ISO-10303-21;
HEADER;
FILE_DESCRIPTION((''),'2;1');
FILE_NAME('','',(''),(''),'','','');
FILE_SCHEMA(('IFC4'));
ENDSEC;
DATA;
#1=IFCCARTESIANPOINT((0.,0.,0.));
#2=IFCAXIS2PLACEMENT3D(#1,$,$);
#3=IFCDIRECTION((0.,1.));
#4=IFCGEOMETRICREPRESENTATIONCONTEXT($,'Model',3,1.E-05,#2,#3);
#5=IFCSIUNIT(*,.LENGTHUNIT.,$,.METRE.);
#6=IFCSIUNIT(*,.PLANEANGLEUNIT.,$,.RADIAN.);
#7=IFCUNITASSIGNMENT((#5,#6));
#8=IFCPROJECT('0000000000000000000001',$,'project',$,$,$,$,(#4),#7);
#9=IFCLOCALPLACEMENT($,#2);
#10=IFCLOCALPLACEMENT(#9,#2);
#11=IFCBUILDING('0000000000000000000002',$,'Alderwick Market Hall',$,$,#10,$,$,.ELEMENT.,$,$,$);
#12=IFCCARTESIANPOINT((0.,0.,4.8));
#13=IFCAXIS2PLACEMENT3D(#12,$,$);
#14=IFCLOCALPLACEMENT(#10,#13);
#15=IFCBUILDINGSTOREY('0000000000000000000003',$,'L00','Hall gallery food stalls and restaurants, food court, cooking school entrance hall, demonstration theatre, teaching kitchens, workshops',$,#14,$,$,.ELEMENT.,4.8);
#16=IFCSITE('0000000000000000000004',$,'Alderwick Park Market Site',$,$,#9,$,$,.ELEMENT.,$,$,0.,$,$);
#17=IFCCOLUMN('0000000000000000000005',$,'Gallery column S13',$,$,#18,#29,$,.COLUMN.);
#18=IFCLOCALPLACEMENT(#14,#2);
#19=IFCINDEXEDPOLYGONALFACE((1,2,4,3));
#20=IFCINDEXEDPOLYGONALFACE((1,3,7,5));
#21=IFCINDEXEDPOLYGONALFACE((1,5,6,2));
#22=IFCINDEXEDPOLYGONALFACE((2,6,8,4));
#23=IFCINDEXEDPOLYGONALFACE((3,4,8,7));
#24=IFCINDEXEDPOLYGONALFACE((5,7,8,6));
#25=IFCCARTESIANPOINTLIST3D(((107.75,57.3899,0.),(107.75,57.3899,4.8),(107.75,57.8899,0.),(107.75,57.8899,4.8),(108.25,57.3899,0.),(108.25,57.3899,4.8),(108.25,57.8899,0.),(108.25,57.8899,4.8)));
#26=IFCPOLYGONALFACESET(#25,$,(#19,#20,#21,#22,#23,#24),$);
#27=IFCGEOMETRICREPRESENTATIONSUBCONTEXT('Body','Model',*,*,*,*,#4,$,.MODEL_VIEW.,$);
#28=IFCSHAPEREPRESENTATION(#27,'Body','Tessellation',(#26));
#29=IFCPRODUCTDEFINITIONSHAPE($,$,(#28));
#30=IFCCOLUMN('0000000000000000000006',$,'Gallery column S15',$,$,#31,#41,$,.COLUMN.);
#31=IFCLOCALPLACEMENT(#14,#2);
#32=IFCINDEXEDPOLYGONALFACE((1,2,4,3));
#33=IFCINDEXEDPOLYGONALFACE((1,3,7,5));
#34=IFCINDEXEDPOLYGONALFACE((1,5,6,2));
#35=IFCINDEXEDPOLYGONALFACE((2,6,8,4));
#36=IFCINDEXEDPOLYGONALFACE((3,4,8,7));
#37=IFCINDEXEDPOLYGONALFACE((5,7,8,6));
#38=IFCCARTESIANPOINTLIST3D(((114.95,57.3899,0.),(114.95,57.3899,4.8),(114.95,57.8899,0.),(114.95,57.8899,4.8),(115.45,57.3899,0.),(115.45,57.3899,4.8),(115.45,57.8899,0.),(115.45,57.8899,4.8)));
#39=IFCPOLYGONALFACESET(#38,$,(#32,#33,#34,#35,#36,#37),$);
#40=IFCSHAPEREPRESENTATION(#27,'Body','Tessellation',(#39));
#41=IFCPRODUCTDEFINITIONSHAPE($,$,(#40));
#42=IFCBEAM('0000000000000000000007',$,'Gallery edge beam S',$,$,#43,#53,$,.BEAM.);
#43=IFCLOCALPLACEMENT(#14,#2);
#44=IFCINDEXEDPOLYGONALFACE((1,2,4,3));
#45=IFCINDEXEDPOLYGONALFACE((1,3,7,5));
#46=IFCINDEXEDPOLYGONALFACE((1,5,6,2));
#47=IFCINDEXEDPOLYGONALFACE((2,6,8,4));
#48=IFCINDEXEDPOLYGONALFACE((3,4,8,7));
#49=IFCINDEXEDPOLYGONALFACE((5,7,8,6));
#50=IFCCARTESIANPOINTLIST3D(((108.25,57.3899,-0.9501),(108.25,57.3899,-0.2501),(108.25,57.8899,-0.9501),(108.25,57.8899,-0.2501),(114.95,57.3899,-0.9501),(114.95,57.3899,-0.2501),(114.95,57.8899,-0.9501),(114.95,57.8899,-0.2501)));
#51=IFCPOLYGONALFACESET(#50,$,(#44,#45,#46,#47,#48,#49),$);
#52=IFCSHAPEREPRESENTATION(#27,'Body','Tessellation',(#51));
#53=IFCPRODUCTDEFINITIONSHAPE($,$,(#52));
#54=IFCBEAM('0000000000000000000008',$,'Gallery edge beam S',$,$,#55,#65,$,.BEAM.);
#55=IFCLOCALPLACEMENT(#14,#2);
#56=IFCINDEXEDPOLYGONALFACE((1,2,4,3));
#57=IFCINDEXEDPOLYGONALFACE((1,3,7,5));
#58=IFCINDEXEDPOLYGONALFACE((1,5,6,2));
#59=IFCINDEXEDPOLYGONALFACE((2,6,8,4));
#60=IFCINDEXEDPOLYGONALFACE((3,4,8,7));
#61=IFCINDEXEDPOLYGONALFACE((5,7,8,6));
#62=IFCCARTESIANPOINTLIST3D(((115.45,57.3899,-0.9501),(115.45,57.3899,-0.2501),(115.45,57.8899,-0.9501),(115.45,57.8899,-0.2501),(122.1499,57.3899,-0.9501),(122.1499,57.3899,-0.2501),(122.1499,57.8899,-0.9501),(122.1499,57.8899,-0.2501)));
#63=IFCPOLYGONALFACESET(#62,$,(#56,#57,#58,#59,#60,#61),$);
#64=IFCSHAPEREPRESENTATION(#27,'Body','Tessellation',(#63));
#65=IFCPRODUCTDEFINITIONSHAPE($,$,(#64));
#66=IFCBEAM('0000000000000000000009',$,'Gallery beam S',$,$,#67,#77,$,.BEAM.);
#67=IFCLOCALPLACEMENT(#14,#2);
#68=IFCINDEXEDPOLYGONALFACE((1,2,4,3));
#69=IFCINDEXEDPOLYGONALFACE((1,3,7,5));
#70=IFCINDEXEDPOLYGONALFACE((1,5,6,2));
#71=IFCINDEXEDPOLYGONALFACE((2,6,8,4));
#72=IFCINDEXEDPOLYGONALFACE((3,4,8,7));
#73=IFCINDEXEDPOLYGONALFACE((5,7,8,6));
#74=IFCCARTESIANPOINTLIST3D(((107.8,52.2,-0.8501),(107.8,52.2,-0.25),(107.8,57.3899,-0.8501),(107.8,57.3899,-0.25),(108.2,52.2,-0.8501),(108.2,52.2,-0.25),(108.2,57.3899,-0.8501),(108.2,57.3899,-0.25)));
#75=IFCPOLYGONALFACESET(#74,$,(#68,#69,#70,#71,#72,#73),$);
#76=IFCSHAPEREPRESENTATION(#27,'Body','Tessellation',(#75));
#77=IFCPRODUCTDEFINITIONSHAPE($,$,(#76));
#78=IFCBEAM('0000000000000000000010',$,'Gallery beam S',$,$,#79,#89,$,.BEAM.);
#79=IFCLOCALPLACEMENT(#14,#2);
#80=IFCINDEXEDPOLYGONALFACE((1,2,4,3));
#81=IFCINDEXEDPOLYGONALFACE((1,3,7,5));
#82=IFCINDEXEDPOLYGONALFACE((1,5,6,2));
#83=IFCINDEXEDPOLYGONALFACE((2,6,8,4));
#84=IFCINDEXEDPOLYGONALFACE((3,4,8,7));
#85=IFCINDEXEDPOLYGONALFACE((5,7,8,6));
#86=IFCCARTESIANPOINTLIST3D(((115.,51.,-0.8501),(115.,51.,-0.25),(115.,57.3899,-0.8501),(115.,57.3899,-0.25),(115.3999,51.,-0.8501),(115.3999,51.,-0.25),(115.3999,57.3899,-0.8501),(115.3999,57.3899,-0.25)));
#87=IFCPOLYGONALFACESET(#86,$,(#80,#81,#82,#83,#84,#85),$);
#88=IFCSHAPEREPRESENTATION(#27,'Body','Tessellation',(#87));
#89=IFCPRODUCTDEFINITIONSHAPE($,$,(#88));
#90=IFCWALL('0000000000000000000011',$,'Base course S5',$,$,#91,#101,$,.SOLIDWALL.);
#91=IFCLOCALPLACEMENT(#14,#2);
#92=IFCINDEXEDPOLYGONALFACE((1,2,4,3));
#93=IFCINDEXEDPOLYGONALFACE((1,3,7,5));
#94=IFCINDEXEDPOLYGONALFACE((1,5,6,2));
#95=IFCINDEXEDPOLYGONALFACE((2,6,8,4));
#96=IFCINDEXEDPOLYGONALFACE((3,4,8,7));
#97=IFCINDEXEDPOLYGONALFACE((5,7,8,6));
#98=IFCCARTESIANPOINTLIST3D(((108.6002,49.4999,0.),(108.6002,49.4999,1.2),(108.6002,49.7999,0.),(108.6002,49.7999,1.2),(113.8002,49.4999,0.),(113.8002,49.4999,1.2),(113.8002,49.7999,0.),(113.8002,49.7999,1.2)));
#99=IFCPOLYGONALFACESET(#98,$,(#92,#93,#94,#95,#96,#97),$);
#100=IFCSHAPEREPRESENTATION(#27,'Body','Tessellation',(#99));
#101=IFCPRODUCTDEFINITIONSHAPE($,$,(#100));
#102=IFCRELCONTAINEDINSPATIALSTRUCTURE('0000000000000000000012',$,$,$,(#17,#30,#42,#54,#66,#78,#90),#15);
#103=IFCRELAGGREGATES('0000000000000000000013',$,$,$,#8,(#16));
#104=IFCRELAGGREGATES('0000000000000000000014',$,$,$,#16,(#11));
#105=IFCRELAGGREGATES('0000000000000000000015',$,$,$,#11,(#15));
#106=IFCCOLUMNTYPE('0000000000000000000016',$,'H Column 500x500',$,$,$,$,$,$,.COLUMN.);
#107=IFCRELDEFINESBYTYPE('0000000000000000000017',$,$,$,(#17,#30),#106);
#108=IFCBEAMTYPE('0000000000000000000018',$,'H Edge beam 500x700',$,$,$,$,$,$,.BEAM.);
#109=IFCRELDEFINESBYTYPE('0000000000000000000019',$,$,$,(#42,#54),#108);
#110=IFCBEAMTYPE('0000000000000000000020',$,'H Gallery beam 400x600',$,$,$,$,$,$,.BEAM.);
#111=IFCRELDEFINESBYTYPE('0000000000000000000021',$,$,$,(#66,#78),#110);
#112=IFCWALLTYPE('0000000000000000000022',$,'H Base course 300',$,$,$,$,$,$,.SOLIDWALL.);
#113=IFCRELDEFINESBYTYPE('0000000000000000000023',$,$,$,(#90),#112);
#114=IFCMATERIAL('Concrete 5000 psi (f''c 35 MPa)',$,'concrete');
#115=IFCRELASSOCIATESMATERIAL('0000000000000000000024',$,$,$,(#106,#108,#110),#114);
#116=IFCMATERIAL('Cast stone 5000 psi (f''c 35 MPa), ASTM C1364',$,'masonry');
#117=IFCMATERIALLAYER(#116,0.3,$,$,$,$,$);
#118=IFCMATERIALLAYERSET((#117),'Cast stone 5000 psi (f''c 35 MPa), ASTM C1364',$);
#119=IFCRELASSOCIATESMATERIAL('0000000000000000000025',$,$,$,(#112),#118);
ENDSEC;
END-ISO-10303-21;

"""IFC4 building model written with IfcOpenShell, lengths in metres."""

from ifc_helpers import new_model, si_unit, direction, frame, frame_2d, origin, origin_2d, place, context, subcontext, project, spatial, rectangle, extrude, material, layer, layer_set, material_profile, profile_set, type_object, element, save


model = new_model("IFC4")

# Units and contexts
model_context = context("Model", 3, precision=1e-05, world=origin(), true_north=direction((0.0, 1.0)))
body_context = subcontext(model_context, "Body", "Model", "MODEL_VIEW")
ifc_project = project(units=[si_unit("LENGTHUNIT", "METRE"), si_unit("PLANEANGLEUNIT", "RADIAN")], contexts=[model_context])

# Site, building, storey
site_placement = place(None, origin())
site = spatial("IfcSite", under=ifc_project, at=site_placement, Name="Alderwick Park Market Site", CompositionType="ELEMENT", RefElevation=0.0)
building_placement = place(site_placement, origin())
building = spatial("IfcBuilding", under=site, at=building_placement, Name="Alderwick Market Hall", CompositionType="ELEMENT")
storey_placement = place(building_placement, frame((0.0, 0.0, 4.8)))
storey = spatial("IfcBuildingStorey", under=building, at=storey_placement, Name="L00", Description="Hall gallery food stalls and restaurants, food court, cooking school entrance hall, demonstration theatre, teaching kitchens, workshops", CompositionType="ELEMENT", Elevation=4.8)

# Columns
ifc_material_1 = material(Name="Concrete 5000 psi (f'c 35 MPa)", Category="concrete")
ifc_material_profile_1 = material_profile(ifc_material_1, rectangle(XDim=0.5, YDim=0.5, at=origin_2d()), Name="RC 500x500")
ifc_profile_set_1 = profile_set([ifc_material_profile_1], Name="Concrete 5000 psi (f'c 35 MPa)")
column_type = type_object("IfcColumnType", Name="H Column 500x500", PredefinedType="COLUMN", material=ifc_profile_set_1)
for number, where, z_axis, x_axis, name in (
    (1, (108.0, 57.6399, 0.0), (0.0, 0.0, 1.0), (1.0, 0.0, 0.0), "Gallery column S13"),
    (2, (115.2, 57.6399, 0.0), (0.0, 0.0, 1.0), (1.0, 0.0, 0.0), "Gallery column S15"),
):
    element("IfcColumn", number, at=place(storey_placement, frame(where, z_axis=z_axis, x_axis=x_axis)), inside=storey, type_object=column_type, Name=name, PredefinedType="COLUMN", context=body_context, shape_type="SweptSolid", body=[
        extrude(rectangle(XDim=0.5, YDim=0.5, at=origin_2d()), origin(), (0.0, 0.0, 1.0), 4.8),
    ])

# Beams
ifc_material_profile_2 = material_profile(ifc_material_1, rectangle(XDim=0.5, YDim=0.7, at=origin_2d()), Name="RC 500x700")
ifc_profile_set_2 = profile_set([ifc_material_profile_2], Name="Concrete 5000 psi (f'c 35 MPa)")
beam_type_1 = type_object("IfcBeamType", Name="H Edge beam 500x700", PredefinedType="BEAM", material=ifc_profile_set_2)
for number, where, z_axis, x_axis, name in (
    (3, (108.25, 57.6399, -0.6001), (1.0, 0.0, 0.0), (0.0, 1.0, 0.0), "Gallery edge beam S"),
    (4, (115.45, 57.6399, -0.6001), (1.0, 0.0, 0.0), (0.0, 1.0, 0.0), "Gallery edge beam S"),
):
    element("IfcBeam", number, at=place(storey_placement, frame(where, z_axis=z_axis, x_axis=x_axis)), inside=storey, type_object=beam_type_1, Name=name, PredefinedType="BEAM", context=body_context, shape_type="SweptSolid", body=[
        extrude(rectangle(XDim=0.5, YDim=0.7, at=origin_2d()), origin(), (0.0, 0.0, 1.0), 6.7),
    ])
ifc_material_profile_3 = material_profile(ifc_material_1, rectangle(XDim=0.3999, YDim=0.6001, at=origin_2d()), Name="RC 400x600")
ifc_profile_set_3 = profile_set([ifc_material_profile_3], Name="Concrete 5000 psi (f'c 35 MPa)")
beam_type_2 = type_object("IfcBeamType", Name="H Gallery beam 400x600", PredefinedType="BEAM", material=ifc_profile_set_3)
beam_1_placement = place(storey_placement, frame((108.0, 52.2, -0.55), z_axis=(0.0, 1.0, 0.0), x_axis=(-1.0, 0.0, 0.0)))
element("IfcBeam", 5, at=beam_1_placement, inside=storey, type_object=beam_type_2, Name="Gallery beam S", PredefinedType="BEAM", context=body_context, shape_type="SweptSolid", body=[
    extrude(rectangle(XDim=0.3999, YDim=0.6001, at=origin_2d()), origin(), (0.0, 0.0, 1.0), 5.1899),
])
beam_2_placement = place(storey_placement, frame((115.2, 51.0, -0.55), z_axis=(0.0, 1.0, 0.0), x_axis=(-1.0, 0.0, 0.0)))
element("IfcBeam", 6, at=beam_2_placement, inside=storey, type_object=beam_type_2, Name="Gallery beam S", PredefinedType="BEAM", context=body_context, shape_type="SweptSolid", body=[
    extrude(rectangle(XDim=0.3999, YDim=0.6001, at=origin_2d()), origin(), (0.0, 0.0, 1.0), 6.3899),
])

# Wall
ifc_material_2 = material(Name="Cast stone 5000 psi (f'c 35 MPa), ASTM C1364", Category="masonry")
ifc_layer_1 = layer(ifc_material_2, 0.3)
ifc_layer_set_1 = layer_set([ifc_layer_1], Name="Cast stone 5000 psi (f'c 35 MPa), ASTM C1364")
wall_type_1 = type_object("IfcWallType", Name="H Base course 300", PredefinedType="SOLIDWALL", material=ifc_layer_set_1)
wall_1_placement = place(storey_placement, frame((108.6001, 49.6499, 0.0), z_axis=(0.0, 0.0, 1.0), x_axis=(1.0, 0.0, 0.0)))
element("IfcWall", 7, at=wall_1_placement, inside=storey, type_object=wall_type_1, Name="Base course S5", PredefinedType="SOLIDWALL", context=body_context, shape_type="SweptSolid", body=[
    extrude(rectangle(XDim=5.2, YDim=0.3, at=frame_2d((2.6001, 0.0))), origin(), (0.0, 0.0, 1.0), 1.2),
])

save(model, "model.ifc")
